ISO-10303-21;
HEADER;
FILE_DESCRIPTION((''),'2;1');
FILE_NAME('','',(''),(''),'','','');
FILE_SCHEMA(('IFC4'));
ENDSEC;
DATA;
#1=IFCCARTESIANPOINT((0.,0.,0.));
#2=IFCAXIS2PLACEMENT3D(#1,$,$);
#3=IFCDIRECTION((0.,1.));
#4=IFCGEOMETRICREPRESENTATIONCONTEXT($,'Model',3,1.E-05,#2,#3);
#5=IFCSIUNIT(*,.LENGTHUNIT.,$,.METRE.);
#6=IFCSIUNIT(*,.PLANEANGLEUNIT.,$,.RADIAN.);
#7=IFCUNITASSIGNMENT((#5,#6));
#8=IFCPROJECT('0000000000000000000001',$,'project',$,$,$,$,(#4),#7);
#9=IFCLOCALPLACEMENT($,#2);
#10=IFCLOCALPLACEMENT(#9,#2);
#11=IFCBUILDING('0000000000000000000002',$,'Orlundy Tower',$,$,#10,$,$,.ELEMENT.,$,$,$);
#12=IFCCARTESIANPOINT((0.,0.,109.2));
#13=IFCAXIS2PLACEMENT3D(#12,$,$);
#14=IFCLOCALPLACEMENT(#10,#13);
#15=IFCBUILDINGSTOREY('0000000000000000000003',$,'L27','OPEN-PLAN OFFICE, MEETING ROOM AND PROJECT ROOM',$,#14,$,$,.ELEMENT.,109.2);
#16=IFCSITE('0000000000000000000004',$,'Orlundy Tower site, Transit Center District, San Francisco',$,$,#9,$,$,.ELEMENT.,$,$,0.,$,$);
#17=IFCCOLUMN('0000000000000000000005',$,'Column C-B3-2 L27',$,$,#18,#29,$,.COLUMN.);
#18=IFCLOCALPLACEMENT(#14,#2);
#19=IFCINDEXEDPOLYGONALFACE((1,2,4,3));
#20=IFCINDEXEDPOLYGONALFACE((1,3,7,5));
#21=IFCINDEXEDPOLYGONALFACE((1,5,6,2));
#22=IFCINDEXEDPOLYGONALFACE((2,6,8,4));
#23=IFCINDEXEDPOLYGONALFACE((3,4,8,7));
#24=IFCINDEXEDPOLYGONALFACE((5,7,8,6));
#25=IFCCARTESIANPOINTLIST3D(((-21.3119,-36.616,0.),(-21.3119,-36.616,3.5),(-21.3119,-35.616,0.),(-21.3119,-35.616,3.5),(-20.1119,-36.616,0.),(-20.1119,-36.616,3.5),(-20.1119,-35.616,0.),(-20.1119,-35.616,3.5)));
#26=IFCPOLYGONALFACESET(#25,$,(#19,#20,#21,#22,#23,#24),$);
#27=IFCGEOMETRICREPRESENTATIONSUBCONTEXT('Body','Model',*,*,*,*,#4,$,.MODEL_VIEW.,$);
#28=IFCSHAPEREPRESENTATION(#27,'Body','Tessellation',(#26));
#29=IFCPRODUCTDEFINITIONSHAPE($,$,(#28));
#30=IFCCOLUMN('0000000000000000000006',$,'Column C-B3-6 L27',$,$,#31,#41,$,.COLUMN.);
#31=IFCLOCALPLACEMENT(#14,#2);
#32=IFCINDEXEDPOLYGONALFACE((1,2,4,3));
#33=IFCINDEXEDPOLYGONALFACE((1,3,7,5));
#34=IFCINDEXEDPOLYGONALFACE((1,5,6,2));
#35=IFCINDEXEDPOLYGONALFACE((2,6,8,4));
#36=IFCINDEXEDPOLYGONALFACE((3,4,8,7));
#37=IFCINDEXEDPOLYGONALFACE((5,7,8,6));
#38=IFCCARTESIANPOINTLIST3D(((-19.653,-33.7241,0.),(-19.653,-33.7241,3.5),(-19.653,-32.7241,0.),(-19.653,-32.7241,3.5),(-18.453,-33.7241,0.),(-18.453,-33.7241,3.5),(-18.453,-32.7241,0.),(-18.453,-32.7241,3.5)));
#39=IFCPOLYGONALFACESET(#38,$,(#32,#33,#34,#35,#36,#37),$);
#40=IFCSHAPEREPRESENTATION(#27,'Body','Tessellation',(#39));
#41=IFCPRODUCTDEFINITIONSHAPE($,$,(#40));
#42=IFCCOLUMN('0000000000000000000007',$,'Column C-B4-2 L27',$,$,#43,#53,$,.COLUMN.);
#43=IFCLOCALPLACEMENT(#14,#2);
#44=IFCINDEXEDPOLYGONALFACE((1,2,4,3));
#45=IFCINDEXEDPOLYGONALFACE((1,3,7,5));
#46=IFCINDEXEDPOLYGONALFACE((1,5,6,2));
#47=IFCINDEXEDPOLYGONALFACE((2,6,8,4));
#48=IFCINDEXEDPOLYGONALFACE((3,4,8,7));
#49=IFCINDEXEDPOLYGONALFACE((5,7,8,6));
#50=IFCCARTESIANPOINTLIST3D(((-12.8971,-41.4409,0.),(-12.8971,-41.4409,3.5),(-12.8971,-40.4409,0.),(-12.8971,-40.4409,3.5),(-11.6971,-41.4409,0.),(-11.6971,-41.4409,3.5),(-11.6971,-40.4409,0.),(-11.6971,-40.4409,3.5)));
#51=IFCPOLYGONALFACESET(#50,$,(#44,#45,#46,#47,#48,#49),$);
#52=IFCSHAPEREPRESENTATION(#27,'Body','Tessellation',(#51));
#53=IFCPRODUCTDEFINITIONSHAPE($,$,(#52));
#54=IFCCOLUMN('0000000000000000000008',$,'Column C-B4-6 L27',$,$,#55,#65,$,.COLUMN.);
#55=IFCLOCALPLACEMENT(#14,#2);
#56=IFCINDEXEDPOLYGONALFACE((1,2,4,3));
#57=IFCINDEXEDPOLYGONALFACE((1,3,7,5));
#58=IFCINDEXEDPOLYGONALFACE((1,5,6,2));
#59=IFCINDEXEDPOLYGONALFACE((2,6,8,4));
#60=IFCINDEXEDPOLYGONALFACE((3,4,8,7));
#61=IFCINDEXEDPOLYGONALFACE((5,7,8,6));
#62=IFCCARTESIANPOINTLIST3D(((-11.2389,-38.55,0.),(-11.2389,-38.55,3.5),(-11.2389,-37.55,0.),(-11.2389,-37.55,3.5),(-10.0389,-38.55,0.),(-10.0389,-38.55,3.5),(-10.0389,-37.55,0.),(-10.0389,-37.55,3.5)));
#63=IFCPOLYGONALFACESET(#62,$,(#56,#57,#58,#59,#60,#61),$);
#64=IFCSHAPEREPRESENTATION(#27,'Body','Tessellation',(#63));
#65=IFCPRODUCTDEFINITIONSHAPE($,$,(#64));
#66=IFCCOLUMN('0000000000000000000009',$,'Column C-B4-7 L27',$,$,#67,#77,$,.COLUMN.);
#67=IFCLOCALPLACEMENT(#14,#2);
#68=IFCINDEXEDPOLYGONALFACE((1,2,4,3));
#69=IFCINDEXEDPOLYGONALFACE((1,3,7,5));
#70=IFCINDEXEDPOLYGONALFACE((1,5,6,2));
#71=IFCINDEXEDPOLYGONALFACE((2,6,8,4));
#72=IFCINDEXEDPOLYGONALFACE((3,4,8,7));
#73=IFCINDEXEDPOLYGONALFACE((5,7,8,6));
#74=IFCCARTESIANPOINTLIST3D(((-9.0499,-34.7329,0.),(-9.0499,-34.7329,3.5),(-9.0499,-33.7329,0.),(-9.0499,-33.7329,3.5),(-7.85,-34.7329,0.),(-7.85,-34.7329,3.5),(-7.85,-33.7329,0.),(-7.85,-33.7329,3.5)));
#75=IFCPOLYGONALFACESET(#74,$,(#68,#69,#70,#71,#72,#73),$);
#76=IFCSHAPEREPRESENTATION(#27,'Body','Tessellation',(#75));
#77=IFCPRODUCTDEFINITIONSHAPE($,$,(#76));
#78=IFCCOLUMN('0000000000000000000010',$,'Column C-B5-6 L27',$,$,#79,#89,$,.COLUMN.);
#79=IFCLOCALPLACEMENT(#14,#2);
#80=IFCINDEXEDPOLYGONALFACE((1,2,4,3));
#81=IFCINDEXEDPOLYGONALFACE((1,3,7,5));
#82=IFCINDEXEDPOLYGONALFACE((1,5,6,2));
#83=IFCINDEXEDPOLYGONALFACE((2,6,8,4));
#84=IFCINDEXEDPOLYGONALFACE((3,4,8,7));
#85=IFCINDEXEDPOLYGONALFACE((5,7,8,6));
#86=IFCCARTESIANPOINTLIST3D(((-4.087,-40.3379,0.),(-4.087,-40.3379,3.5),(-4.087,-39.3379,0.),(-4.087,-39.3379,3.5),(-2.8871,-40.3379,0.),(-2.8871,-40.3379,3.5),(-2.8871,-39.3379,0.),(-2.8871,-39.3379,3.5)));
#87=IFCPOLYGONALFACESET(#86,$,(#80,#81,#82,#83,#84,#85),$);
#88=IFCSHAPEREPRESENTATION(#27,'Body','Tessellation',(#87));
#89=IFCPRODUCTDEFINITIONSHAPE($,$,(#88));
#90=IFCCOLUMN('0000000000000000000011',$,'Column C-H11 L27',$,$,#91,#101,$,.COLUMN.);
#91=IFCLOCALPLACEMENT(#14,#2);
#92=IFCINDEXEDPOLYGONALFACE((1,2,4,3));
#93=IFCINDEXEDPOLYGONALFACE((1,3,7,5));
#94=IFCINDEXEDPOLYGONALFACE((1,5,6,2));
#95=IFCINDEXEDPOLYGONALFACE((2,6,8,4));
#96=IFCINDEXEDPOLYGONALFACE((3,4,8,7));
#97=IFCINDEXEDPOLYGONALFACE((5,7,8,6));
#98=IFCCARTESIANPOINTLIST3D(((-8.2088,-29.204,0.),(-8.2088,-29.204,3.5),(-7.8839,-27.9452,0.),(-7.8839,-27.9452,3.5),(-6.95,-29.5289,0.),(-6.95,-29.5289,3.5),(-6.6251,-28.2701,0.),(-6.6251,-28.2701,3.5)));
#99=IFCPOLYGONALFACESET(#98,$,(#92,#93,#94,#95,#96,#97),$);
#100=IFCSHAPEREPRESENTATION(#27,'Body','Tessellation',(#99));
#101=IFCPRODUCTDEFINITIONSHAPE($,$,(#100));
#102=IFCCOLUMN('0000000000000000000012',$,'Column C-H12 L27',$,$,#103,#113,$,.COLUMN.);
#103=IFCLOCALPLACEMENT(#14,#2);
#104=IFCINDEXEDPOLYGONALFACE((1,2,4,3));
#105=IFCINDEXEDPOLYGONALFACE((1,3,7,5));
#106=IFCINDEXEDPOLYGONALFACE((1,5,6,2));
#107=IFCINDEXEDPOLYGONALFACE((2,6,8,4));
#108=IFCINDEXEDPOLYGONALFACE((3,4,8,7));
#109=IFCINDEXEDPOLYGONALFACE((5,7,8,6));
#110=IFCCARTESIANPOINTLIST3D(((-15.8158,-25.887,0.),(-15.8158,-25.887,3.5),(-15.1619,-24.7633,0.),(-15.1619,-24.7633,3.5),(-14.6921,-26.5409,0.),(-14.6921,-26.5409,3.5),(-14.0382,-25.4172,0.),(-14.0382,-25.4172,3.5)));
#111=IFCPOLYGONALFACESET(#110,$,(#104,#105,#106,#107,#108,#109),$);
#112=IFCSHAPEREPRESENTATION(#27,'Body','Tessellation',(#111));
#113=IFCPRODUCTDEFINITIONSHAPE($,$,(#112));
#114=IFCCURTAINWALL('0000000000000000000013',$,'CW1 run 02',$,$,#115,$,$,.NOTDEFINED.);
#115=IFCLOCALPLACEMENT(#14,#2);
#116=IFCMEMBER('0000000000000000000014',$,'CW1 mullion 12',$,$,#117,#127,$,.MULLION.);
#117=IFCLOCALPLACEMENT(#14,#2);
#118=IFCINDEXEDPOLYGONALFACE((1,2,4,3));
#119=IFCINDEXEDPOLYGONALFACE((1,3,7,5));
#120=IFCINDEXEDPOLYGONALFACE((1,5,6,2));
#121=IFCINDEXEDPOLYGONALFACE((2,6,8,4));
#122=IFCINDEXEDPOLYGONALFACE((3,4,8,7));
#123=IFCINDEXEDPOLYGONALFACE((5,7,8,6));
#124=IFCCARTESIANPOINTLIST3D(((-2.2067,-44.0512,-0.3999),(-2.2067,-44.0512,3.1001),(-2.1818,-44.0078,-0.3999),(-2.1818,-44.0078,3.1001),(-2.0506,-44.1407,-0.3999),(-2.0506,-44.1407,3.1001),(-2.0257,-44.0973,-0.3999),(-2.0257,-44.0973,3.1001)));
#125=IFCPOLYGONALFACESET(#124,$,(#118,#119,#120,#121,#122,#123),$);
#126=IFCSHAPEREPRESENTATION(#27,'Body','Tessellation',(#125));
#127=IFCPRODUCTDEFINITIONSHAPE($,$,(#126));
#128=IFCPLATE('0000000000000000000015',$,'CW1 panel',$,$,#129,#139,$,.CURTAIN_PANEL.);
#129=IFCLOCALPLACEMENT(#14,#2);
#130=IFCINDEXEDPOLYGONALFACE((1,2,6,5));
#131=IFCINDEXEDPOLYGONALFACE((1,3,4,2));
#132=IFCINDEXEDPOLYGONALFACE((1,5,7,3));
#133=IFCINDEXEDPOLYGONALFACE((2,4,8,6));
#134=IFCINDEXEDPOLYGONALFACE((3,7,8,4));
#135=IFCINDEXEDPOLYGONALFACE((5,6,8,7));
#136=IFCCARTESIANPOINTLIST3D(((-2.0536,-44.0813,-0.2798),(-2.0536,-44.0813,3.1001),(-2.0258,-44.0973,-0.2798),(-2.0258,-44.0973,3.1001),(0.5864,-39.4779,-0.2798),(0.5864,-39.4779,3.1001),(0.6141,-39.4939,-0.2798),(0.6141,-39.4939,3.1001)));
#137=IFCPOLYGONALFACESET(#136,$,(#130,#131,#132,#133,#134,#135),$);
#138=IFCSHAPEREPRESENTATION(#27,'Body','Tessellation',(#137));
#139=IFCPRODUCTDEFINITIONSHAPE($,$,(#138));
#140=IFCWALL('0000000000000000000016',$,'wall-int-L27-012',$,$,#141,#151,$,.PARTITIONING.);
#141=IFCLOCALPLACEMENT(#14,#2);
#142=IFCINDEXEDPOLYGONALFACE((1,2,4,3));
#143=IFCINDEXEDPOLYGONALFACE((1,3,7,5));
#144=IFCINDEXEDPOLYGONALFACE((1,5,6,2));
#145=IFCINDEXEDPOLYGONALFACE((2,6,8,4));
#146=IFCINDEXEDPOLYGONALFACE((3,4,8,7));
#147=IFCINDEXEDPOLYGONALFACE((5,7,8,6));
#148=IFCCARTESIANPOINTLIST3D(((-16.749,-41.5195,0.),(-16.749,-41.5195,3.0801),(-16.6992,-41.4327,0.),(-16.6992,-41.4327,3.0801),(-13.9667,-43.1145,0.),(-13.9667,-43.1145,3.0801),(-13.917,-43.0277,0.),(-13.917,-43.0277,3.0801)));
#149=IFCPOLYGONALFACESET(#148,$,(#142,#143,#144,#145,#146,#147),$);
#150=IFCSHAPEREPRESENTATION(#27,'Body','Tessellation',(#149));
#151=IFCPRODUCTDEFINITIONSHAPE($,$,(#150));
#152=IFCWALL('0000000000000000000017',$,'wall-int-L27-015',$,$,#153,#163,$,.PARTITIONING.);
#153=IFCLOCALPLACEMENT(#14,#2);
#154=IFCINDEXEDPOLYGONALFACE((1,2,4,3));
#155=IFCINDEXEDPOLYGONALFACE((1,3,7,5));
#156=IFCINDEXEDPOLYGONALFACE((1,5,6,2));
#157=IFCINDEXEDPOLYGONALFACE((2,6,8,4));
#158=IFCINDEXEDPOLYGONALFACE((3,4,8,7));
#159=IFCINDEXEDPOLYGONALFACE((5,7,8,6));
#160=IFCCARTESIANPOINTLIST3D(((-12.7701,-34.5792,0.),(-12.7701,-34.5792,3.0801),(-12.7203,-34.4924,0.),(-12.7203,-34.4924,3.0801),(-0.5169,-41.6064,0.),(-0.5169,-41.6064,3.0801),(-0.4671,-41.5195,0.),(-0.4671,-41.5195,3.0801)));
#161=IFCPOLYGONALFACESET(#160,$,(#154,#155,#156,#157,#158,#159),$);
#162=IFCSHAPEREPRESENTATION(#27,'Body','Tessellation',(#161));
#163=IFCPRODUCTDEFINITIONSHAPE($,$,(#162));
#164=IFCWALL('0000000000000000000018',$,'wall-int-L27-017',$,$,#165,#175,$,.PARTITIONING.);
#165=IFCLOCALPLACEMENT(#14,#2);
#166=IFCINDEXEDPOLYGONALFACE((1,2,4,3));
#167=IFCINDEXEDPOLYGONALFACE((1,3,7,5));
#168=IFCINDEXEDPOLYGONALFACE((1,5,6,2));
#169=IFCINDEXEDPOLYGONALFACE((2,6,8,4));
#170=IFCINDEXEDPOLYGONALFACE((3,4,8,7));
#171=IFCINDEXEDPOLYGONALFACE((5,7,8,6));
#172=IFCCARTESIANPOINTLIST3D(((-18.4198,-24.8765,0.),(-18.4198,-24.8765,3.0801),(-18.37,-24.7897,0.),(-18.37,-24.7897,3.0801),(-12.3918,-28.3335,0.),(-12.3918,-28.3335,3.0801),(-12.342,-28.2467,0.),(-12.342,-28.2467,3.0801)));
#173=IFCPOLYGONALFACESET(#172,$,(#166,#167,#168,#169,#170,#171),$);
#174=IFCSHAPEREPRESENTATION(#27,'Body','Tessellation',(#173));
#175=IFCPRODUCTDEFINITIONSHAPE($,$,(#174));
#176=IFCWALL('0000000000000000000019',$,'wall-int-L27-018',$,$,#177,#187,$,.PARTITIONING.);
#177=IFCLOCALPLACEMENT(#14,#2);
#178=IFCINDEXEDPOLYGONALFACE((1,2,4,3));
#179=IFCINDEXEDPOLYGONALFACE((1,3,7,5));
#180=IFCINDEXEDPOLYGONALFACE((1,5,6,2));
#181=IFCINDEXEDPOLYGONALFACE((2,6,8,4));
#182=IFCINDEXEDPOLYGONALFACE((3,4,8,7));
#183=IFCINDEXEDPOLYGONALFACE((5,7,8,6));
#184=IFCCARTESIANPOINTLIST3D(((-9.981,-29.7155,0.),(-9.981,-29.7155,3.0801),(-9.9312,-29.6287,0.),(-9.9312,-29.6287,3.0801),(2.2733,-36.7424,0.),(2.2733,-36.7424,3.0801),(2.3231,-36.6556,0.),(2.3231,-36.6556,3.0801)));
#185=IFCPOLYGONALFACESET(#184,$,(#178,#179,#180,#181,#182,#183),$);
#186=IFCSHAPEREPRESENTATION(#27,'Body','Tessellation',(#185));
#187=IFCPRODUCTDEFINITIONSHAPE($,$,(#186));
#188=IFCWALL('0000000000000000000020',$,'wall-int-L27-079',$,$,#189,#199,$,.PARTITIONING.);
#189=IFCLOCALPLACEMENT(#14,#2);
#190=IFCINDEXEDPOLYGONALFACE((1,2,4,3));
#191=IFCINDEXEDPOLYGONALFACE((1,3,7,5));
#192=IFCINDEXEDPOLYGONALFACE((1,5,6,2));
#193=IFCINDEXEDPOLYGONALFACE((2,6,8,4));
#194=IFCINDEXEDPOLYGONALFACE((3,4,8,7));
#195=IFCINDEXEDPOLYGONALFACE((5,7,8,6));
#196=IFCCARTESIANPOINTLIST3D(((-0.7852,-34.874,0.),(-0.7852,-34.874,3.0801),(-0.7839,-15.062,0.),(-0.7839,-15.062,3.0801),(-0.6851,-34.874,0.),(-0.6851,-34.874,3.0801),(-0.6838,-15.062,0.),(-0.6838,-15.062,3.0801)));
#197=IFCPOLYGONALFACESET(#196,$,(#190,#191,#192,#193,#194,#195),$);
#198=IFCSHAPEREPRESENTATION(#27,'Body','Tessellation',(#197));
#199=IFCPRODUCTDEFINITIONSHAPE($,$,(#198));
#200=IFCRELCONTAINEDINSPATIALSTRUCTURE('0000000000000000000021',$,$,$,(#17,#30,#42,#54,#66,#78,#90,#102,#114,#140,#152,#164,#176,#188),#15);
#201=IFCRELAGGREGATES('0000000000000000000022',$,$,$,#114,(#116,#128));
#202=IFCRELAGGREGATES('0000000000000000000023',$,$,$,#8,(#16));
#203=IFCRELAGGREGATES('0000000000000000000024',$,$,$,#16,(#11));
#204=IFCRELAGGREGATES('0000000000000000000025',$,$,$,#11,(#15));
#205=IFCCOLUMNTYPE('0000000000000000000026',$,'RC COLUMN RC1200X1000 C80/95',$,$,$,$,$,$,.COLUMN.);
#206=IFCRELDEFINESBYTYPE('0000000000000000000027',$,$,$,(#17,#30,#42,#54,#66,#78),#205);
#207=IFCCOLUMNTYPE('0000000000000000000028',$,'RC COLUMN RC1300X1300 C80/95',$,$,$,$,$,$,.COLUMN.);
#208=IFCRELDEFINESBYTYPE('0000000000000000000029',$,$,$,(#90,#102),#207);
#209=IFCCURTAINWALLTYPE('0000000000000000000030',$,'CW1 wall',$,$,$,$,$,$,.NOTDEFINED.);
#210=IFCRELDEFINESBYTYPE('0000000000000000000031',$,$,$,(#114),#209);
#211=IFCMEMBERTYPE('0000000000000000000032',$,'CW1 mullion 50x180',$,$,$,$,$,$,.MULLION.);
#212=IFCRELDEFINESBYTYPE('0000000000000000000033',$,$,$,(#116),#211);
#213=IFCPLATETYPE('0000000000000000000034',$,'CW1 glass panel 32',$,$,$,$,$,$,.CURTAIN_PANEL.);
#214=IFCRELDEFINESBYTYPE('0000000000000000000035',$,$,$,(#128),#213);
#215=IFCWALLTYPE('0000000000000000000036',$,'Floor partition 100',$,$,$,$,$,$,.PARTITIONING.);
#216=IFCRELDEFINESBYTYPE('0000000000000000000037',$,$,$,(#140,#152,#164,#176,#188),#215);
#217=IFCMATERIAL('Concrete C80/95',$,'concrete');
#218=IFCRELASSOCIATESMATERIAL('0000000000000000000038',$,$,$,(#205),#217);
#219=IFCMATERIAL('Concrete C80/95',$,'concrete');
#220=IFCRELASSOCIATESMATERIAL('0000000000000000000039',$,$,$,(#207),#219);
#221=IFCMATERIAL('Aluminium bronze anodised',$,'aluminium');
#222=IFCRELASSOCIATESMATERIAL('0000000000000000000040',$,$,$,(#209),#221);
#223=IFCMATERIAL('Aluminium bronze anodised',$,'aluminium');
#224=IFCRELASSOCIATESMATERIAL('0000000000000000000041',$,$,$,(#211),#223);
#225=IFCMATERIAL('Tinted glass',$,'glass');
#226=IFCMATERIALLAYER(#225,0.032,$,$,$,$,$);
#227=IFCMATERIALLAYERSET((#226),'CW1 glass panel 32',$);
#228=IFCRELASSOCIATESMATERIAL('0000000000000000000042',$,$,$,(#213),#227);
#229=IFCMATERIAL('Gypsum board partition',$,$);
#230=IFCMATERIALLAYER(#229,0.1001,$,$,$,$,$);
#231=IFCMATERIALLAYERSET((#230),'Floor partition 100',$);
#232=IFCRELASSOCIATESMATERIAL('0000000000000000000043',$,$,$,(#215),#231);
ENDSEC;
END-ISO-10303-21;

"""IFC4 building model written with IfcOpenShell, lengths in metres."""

from ifc_helpers import new_model, si_unit, direction, frame, frame_2d, origin, origin_2d, place, context, subcontext, project, spatial, rectangle, extrude, material, layer, layer_set, material_profile, profile_set, type_object, element, aggregate, save


model = new_model("IFC4")

# Units and contexts
model_context = context("Model", 3, precision=1e-05, world=origin(), true_north=direction((0.0, 1.0)))
body_context = subcontext(model_context, "Body", "Model", "MODEL_VIEW")
ifc_project = project(units=[si_unit("LENGTHUNIT", "METRE"), si_unit("PLANEANGLEUNIT", "RADIAN")], contexts=[model_context])

# Site, building, storey
site_placement = place(None, origin())
site = spatial("IfcSite", under=ifc_project, at=site_placement, Name="Orlundy Tower site, Transit Center District, San Francisco", CompositionType="ELEMENT", RefElevation=0.0)
building_placement = place(site_placement, origin())
building = spatial("IfcBuilding", under=site, at=building_placement, Name="Orlundy Tower", CompositionType="ELEMENT")
storey_placement = place(building_placement, frame((0.0, 0.0, 109.2)))
storey = spatial("IfcBuildingStorey", under=building, at=storey_placement, Name="L27", Description="OPEN-PLAN OFFICE, MEETING ROOM AND PROJECT ROOM", CompositionType="ELEMENT", Elevation=109.2)

# Columns
ifc_material_1 = material(Name="Concrete C80/95", Category="concrete")
ifc_material_profile_1 = material_profile(ifc_material_1, rectangle(XDim=1.2, YDim=1.0, at=origin_2d()), Name="RC1200X1000")
ifc_profile_set_1 = profile_set([ifc_material_profile_1], Name="Concrete C80/95")
column_type_1 = type_object("IfcColumnType", Name="RC COLUMN RC1200X1000 C80/95", PredefinedType="COLUMN", material=ifc_profile_set_1)
for number, where, z_axis, x_axis, name in (
    (1, (-20.7119, -36.116, 0.0), (0.0, 0.0, 1.0), (1.0, 0.0, 0.0), "Column C-B3-2 L27"),
    (2, (-19.053, -33.2241, 0.0), (0.0, 0.0, 1.0), (1.0, 0.0, 0.0), "Column C-B3-6 L27"),
    (3, (-12.2971, -40.9409, 0.0), (0.0, 0.0, 1.0), (1.0, 0.0, 0.0), "Column C-B4-2 L27"),
    (4, (-10.6389, -38.05, 0.0), (0.0, 0.0, 1.0), (1.0, 0.0, 0.0), "Column C-B4-6 L27"),
    (5, (-8.45, -34.2329, 0.0), (0.0, 0.0, 1.0), (1.0, 0.0, 0.0), "Column C-B4-7 L27"),
    (6, (-3.4871, -39.8379, 0.0), (0.0, 0.0, 1.0), (1.0, 0.0, 0.0), "Column C-B5-6 L27"),
):
    element("IfcColumn", number, at=place(storey_placement, frame(where, z_axis=z_axis, x_axis=x_axis)), inside=storey, type_object=column_type_1, Name=name, PredefinedType="COLUMN", context=body_context, shape_type="SweptSolid", body=[
        extrude(rectangle(XDim=1.2, YDim=1.0, at=origin_2d()), origin(), (0.0, 0.0, 1.0), 3.5),
    ])
ifc_material_2 = material(Name="Concrete C80/95", Category="concrete")
ifc_material_profile_2 = material_profile(ifc_material_2, rectangle(XDim=1.3, YDim=1.3, at=origin_2d()), Name="RC1300X1300")
ifc_profile_set_2 = profile_set([ifc_material_profile_2], Name="Concrete C80/95")
column_type_2 = type_object("IfcColumnType", Name="RC COLUMN RC1300X1300 C80/95", PredefinedType="COLUMN", material=ifc_profile_set_2)
for number, where, z_axis, x_axis, name in (
    (7, (-7.417, -28.7371, 0.0), (0.0, 0.0, 1.0), (-0.249907, -0.96827, 0.0), "Column C-H11 L27"),
    (8, (-14.927, -25.6521, 0.0), (0.0, 0.0, 1.0), (-0.502945, -0.864319, 0.0), "Column C-H12 L27"),
):
    element("IfcColumn", number, at=place(storey_placement, frame(where, z_axis=z_axis, x_axis=x_axis)), inside=storey, type_object=column_type_2, Name=name, PredefinedType="COLUMN", context=body_context, shape_type="SweptSolid", body=[
        extrude(rectangle(XDim=1.3, YDim=1.3, at=origin_2d()), origin(), (0.0, 0.0, 1.0), 3.5),
    ])

# Curtain wall, member, plate
ifc_material_3 = material(Name="Aluminium bronze anodised", Category="aluminium")
curtain_wall_type = type_object("IfcCurtainWallType", Name="CW1 wall", PredefinedType="NOTDEFINED", material=ifc_material_3)
curtain_wall_placement = place(storey_placement, origin())
curtain_wall = element("IfcCurtainWall", 9, at=curtain_wall_placement, inside=storey, type_object=curtain_wall_type, Name="CW1 run 02", PredefinedType="NOTDEFINED")
ifc_material_4 = material(Name="Aluminium bronze anodised", Category="aluminium")
ifc_material_profile_3 = material_profile(ifc_material_4, rectangle(XDim=0.1799, YDim=0.05, at=origin_2d()), Name="CW1 mullion 50x180")
ifc_profile_set_3 = profile_set([ifc_material_profile_3], Name="Aluminium bronze anodised")
member_type = type_object("IfcMemberType", Name="CW1 mullion 50x180", PredefinedType="MULLION", material=ifc_profile_set_3)
member_placement = place(storey_placement, frame((-2.1162, -44.0742, -0.3999), z_axis=(0.0, 0.0, 1.0), x_axis=(0.867479, -0.497473, 0.0)))
member = element("IfcMember", 10, at=member_placement, type_object=member_type, Name="CW1 mullion 12", PredefinedType="MULLION", context=body_context, shape_type="SweptSolid", body=[
    extrude(rectangle(XDim=0.1799, YDim=0.05, at=origin_2d()), origin(), (0.0, 0.0, 1.0), 3.5),
])
ifc_material_5 = material(Name="Tinted glass", Category="glass")
ifc_layer_1 = layer(ifc_material_5, 0.032)
ifc_layer_set_1 = layer_set([ifc_layer_1], Name="CW1 glass panel 32")
plate_type = type_object("IfcPlateType", Name="CW1 glass panel 32", PredefinedType="CURTAIN_PANEL", material=ifc_layer_set_1)
plate_placement = place(storey_placement, frame((-0.7197, -41.7876, -0.2798), z_axis=(0.0, 0.0, 1.0), x_axis=(-0.497473, -0.867479, 0.0)))
plate = element("IfcPlate", 11, at=plate_placement, type_object=plate_type, Name="CW1 panel", PredefinedType="CURTAIN_PANEL", context=body_context, shape_type="SweptSolid", body=[
    extrude(rectangle(XDim=5.3066, YDim=0.032, at=origin_2d()), origin(), (0.0, 0.0, 1.0), 3.3799),
])
aggregate(curtain_wall, [member, plate])

# Walls
ifc_material_6 = material(Name="Gypsum board partition")
ifc_layer_2 = layer(ifc_material_6, 0.1001)
ifc_layer_set_2 = layer_set([ifc_layer_2], Name="Floor partition 100")
wall_type_1 = type_object("IfcWallType", Name="Floor partition 100", PredefinedType="PARTITIONING", material=ifc_layer_set_2)
wall_1_placement = place(storey_placement, frame((-16.7241, -41.4761, 0.0), z_axis=(0.0, 0.0, 1.0), x_axis=(0.867554, -0.497344, 0.0)))
element("IfcWall", 12, at=wall_1_placement, inside=storey, type_object=wall_type_1, Name="wall-int-L27-012", PredefinedType="PARTITIONING", context=body_context, shape_type="SweptSolid", body=[
    extrude(rectangle(XDim=3.207, YDim=0.1001, at=frame_2d((1.6035, 0.0))), origin(), (0.0, 0.0, 1.0), 3.0801),
])
wall_2_placement = place(storey_placement, frame((-12.7451, -34.5359, 0.0), z_axis=(0.0, 0.0, 1.0), x_axis=(0.867471, -0.497488, 0.0)))
element("IfcWall", 13, at=wall_2_placement, inside=storey, type_object=wall_type_1, Name="wall-int-L27-015", PredefinedType="PARTITIONING", context=body_context, shape_type="SweptSolid", body=[
    extrude(rectangle(XDim=14.1252, YDim=0.1001, at=frame_2d((7.0625, 0.0))), origin(), (0.0, 0.0, 1.0), 3.0801),
])
wall_3_placement = place(storey_placement, frame((-18.395, -24.833, 0.0), z_axis=(0.0, 0.0, 1.0), x_axis=(0.867472, -0.497485, 0.0)))
element("IfcWall", 14, at=wall_3_placement, inside=storey, type_object=wall_type_1, Name="wall-int-L27-017", PredefinedType="PARTITIONING", context=body_context, shape_type="SweptSolid", body=[
    extrude(rectangle(XDim=6.949, YDim=0.1001, at=frame_2d((3.4746, 0.0))), origin(), (0.0, 0.0, 1.0), 3.0801),
])
wall_4_placement = place(storey_placement, frame((-9.9561, -29.6721, 0.0), z_axis=(0.0, 0.0, 1.0), x_axis=(0.867496, -0.497445, 0.0)))
element("IfcWall", 15, at=wall_4_placement, inside=storey, type_object=wall_type_1, Name="wall-int-L27-018", PredefinedType="PARTITIONING", context=body_context, shape_type="SweptSolid", body=[
    extrude(rectangle(XDim=14.126, YDim=0.1001, at=frame_2d((7.063, 0.0))), origin(), (0.0, 0.0, 1.0), 3.0801),
])
wall_5_placement = place(storey_placement, frame((-0.7351, -34.874, 0.0), z_axis=(0.0, 0.0, 1.0), x_axis=(0.000062, 1.0, 0.0)))
element("IfcWall", 16, at=wall_5_placement, inside=storey, type_object=wall_type_1, Name="wall-int-L27-079", PredefinedType="PARTITIONING", context=body_context, shape_type="SweptSolid", body=[
    extrude(rectangle(XDim=19.812, YDim=0.1001, at=frame_2d((9.906, 0.0))), origin(), (0.0, 0.0, 1.0), 3.0801),
])

save(model, "model.ifc")
